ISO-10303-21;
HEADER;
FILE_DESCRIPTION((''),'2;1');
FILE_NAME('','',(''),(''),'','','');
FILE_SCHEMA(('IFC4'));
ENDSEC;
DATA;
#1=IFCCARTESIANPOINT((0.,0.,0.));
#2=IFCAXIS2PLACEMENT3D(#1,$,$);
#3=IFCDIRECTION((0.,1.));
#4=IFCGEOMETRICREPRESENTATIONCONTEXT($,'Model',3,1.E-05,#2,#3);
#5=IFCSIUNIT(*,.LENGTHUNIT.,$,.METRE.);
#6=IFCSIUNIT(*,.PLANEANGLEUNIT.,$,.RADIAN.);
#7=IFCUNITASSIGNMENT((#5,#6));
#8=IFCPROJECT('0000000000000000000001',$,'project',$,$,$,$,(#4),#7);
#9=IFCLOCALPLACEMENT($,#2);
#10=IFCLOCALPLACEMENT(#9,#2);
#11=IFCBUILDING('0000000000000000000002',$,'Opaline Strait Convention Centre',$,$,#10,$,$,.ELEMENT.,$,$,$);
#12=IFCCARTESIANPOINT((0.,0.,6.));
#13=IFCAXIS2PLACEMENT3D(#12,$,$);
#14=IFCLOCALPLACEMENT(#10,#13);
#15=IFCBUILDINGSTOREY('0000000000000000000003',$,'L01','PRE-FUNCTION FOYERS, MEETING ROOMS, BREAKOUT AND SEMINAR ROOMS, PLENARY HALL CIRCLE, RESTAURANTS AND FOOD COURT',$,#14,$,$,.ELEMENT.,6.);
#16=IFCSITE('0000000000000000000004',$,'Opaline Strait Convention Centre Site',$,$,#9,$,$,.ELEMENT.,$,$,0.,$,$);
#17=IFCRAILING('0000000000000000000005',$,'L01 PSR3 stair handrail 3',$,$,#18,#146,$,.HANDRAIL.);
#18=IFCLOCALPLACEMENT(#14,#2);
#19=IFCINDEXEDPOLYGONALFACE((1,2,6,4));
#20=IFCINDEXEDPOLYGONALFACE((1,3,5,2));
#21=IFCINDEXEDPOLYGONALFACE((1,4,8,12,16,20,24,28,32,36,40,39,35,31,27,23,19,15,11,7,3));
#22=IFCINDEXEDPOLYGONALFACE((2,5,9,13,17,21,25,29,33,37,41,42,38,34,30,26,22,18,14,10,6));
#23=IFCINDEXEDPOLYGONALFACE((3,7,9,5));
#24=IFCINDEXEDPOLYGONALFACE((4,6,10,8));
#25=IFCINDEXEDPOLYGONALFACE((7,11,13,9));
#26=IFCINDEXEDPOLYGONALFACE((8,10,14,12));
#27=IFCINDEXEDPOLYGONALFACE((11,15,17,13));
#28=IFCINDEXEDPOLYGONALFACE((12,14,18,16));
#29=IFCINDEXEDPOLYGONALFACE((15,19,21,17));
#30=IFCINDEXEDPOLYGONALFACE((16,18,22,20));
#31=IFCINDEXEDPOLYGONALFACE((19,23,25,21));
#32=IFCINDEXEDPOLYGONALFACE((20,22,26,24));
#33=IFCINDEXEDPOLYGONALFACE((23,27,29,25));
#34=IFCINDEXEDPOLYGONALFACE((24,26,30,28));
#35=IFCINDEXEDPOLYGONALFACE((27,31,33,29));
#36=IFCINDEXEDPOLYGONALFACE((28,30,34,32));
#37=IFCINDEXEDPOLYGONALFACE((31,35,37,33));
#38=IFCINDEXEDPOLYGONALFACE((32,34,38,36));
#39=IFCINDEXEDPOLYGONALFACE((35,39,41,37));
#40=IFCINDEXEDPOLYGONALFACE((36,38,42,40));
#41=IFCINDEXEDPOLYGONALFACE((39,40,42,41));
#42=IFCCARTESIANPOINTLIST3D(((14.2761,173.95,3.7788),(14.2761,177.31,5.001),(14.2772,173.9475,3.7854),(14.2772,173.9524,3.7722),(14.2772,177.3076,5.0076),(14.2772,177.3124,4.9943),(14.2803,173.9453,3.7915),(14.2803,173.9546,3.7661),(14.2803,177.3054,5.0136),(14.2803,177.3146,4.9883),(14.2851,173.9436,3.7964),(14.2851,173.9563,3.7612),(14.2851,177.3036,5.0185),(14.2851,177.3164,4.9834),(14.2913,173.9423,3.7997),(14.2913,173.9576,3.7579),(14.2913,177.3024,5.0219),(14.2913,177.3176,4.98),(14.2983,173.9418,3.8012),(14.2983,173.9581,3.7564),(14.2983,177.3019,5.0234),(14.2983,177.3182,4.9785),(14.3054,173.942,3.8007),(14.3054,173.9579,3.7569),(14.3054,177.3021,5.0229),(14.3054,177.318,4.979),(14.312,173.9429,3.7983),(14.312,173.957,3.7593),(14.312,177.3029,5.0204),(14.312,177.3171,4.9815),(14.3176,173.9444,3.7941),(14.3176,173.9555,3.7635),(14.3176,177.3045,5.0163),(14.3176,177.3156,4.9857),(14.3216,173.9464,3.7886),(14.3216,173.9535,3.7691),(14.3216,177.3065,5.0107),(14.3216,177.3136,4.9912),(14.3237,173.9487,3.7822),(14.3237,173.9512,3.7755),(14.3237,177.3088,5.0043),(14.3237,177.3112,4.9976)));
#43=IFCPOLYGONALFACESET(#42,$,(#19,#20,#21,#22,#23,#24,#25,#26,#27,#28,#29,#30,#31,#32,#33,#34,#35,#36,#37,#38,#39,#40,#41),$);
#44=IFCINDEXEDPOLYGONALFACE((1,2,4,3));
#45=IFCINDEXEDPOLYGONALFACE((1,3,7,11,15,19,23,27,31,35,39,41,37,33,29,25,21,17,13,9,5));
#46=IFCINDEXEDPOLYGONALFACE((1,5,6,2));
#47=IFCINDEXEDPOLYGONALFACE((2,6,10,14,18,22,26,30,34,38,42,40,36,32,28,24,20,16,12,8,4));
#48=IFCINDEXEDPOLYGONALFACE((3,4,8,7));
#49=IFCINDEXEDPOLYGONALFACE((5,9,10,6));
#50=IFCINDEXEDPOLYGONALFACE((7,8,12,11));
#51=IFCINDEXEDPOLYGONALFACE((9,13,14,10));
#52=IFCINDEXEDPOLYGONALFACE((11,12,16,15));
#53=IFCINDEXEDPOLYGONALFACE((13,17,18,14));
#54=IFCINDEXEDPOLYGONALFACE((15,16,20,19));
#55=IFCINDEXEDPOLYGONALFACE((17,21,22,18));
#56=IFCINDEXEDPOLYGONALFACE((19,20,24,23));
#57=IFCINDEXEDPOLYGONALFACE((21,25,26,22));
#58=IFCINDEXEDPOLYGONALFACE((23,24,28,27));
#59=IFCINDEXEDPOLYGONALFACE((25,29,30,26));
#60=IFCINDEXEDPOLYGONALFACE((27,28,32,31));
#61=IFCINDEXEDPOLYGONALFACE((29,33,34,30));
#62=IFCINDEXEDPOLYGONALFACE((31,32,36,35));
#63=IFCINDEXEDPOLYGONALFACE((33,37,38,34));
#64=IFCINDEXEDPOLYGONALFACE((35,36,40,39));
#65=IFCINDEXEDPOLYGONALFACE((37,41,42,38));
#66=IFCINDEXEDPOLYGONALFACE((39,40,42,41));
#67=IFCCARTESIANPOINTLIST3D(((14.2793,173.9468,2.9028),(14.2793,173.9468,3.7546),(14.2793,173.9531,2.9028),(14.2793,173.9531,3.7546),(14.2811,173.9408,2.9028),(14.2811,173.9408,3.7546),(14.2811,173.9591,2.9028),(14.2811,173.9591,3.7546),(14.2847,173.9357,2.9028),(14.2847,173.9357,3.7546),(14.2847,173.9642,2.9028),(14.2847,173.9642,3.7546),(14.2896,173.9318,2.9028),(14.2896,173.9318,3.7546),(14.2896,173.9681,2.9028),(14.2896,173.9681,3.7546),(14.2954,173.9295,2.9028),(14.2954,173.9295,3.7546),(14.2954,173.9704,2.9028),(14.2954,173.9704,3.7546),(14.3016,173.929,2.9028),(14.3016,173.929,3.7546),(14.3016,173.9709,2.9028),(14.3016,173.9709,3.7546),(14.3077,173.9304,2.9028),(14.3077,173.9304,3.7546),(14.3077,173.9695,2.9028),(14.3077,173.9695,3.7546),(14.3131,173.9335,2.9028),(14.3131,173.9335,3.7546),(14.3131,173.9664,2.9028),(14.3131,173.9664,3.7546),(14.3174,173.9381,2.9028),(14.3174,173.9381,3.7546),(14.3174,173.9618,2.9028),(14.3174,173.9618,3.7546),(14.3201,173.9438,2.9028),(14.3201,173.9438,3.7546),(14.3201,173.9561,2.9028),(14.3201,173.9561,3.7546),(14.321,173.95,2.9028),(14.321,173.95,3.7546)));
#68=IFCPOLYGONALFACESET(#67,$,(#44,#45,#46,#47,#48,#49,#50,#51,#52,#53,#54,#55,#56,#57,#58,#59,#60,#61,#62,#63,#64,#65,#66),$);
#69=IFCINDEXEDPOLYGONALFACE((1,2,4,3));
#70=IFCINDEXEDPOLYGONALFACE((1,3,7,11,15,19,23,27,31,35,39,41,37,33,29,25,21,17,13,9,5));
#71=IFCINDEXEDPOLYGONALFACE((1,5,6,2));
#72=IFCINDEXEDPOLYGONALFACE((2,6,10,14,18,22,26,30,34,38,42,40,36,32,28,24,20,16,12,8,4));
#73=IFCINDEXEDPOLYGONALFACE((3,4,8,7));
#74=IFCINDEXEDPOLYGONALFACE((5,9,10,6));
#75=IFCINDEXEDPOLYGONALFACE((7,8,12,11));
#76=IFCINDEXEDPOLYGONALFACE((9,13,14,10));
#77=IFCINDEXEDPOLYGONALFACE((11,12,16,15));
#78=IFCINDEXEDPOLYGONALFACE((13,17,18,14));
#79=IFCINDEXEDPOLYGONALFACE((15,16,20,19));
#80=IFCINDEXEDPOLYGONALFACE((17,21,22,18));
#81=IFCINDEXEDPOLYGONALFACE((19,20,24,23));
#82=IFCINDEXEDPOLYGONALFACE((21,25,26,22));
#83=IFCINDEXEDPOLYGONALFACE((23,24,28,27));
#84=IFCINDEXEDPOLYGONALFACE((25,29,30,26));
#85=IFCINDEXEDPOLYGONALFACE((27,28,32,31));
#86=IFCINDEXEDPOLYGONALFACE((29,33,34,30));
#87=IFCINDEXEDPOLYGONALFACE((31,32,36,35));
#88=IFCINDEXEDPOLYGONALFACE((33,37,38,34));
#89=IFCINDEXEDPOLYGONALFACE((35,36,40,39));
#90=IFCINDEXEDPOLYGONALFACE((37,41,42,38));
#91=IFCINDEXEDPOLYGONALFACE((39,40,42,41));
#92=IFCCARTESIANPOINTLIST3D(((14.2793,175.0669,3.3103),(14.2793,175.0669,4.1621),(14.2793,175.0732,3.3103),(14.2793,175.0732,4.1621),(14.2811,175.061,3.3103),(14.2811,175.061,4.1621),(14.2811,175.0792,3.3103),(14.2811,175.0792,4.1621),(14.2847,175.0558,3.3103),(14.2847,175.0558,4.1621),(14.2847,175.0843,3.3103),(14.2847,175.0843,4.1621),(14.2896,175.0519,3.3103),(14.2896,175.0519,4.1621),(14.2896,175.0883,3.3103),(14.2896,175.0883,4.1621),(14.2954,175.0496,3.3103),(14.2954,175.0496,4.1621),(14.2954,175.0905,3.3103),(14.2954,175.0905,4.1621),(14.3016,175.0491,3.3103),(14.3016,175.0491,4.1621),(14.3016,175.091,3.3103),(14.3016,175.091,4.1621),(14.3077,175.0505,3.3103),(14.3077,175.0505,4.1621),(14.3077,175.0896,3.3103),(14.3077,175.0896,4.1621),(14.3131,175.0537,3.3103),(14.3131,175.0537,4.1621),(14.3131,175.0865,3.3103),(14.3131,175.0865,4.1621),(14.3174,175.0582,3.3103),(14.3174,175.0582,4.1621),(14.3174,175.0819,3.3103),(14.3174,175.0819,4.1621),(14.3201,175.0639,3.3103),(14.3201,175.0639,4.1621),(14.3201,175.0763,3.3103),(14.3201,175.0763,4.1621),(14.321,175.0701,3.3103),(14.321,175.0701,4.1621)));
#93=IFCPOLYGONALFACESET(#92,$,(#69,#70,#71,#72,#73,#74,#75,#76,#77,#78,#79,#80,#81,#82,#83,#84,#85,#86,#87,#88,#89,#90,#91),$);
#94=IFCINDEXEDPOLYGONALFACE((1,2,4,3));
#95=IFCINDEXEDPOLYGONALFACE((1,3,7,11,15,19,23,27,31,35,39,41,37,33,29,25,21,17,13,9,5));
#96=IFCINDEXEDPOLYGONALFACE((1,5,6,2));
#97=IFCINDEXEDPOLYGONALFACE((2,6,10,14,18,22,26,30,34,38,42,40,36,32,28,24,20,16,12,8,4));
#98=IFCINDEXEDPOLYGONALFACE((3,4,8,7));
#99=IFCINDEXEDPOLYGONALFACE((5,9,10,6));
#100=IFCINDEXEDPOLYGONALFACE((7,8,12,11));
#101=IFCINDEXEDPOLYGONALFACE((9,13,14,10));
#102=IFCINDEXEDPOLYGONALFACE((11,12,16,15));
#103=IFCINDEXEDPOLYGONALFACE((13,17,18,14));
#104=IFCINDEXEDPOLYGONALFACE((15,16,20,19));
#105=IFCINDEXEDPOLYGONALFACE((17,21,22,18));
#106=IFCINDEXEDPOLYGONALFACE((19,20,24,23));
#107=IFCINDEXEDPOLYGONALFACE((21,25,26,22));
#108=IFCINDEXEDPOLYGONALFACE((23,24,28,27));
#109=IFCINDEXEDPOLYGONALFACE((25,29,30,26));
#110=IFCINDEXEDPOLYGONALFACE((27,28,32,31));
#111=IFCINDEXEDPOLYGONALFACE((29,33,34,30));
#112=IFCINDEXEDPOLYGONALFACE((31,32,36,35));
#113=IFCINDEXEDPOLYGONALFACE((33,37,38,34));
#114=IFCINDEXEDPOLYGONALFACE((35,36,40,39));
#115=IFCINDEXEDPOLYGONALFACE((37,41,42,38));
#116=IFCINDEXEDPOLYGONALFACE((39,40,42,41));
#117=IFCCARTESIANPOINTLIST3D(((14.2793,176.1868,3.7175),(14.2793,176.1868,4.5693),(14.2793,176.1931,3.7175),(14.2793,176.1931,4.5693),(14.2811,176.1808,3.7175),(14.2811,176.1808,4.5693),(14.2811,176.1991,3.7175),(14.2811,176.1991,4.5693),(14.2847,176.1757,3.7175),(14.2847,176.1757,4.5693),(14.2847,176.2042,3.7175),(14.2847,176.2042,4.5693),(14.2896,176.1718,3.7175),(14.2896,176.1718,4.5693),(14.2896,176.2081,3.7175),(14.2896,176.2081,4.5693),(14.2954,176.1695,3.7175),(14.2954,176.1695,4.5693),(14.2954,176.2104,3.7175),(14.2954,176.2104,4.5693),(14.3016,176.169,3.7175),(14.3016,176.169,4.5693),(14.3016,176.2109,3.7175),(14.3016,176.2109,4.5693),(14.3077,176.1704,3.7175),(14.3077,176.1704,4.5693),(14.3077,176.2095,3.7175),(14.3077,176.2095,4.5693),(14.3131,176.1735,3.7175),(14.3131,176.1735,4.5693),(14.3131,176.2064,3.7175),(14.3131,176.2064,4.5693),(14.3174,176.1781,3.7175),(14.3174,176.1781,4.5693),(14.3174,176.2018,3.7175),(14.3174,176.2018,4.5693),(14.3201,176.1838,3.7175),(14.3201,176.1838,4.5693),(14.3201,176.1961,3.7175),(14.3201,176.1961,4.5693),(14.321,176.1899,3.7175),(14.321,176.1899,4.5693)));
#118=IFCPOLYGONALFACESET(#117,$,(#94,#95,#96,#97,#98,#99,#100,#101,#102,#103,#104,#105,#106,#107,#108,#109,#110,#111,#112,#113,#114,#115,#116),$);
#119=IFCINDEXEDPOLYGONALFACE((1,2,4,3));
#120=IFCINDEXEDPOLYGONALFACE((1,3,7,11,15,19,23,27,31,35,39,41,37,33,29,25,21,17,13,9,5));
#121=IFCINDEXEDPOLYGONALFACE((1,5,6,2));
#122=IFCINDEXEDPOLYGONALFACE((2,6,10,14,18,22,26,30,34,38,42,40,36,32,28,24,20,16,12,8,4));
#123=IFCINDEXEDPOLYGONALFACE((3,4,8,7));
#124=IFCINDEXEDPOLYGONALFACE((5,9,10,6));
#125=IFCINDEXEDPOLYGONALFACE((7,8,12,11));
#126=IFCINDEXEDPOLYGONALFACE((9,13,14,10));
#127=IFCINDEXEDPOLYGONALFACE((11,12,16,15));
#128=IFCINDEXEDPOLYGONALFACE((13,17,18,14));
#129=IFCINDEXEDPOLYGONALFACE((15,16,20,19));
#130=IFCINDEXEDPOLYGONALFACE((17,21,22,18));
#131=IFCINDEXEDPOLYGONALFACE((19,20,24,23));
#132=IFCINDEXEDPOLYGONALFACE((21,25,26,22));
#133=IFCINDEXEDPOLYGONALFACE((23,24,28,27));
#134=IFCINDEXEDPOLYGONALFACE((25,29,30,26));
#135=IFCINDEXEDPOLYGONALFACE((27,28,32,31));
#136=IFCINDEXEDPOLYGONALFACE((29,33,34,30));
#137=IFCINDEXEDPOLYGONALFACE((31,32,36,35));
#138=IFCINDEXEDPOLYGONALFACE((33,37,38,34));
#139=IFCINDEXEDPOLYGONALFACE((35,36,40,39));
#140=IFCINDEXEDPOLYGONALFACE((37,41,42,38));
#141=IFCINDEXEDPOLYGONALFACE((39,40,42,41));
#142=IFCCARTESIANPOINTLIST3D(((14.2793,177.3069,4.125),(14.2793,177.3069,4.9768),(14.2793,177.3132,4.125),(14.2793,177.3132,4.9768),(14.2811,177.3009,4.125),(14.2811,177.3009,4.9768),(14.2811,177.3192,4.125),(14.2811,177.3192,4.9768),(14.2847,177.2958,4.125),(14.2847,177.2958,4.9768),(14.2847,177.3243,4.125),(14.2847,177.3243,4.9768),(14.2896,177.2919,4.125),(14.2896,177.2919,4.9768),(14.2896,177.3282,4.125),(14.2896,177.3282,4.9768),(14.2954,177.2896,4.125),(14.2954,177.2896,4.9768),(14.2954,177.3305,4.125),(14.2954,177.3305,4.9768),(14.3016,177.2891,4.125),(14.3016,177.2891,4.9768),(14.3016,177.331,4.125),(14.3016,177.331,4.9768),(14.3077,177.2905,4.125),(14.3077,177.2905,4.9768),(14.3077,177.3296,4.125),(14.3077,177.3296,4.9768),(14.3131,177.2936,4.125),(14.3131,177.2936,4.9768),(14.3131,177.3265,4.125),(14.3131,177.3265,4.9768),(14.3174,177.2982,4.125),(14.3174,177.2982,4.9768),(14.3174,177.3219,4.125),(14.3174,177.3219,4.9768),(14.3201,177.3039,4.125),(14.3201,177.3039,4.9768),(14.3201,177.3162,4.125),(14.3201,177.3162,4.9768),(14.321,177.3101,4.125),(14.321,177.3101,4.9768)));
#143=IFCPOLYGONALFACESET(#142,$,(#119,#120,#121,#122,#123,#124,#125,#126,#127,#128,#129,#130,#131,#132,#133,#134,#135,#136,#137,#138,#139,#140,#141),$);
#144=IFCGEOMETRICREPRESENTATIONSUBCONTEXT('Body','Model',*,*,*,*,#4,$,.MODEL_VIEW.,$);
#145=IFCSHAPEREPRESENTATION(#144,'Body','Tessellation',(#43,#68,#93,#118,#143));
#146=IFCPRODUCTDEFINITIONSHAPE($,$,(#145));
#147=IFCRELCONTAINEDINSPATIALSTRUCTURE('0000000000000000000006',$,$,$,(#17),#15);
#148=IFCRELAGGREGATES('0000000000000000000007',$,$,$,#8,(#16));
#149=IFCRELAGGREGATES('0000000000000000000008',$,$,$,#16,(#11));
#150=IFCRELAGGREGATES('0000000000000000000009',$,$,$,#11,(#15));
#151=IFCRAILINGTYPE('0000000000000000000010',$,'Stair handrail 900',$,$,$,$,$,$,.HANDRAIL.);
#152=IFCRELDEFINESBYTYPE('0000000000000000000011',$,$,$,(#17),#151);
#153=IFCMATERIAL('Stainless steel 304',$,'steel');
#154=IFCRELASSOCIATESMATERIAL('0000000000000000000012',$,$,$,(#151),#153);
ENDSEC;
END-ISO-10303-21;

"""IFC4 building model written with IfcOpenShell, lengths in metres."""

from ifc_helpers import new_model, si_unit, direction, frame, origin, origin_2d, place, context, subcontext, project, spatial, circle, extrude, material, type_object, element, save


model = new_model("IFC4")

# Units and contexts
model_context = context("Model", 3, precision=1e-05, world=origin(), true_north=direction((0.0, 1.0)))
body_context = subcontext(model_context, "Body", "Model", "MODEL_VIEW")
ifc_project = project(units=[si_unit("LENGTHUNIT", "METRE"), si_unit("PLANEANGLEUNIT", "RADIAN")], contexts=[model_context])

# Site, building, storey
site_placement = place(None, origin())
site = spatial("IfcSite", under=ifc_project, at=site_placement, Name="Opaline Strait Convention Centre Site", CompositionType="ELEMENT", RefElevation=0.0)
building_placement = place(site_placement, origin())
building = spatial("IfcBuilding", under=site, at=building_placement, Name="Opaline Strait Convention Centre", CompositionType="ELEMENT")
storey_placement = place(building_placement, frame((0.0, 0.0, 6.0)))
storey = spatial("IfcBuildingStorey", under=building, at=storey_placement, Name="L01", Description="PRE-FUNCTION FOYERS, MEETING ROOMS, BREAKOUT AND SEMINAR ROOMS, PLENARY HALL CIRCLE, RESTAURANTS AND FOOD COURT", CompositionType="ELEMENT", Elevation=6.0)

# Shared definitions
ifc_material_1 = material(Name="Stainless steel 304", Category="steel")

# Railing
railing_type_1 = type_object("IfcRailingType", Name="Stair handrail 900", PredefinedType="HANDRAIL", material=ifc_material_1)
for number, where, name in (
    (1, (14.3, 173.95, 2.9028), "L01 PSR3 stair handrail 3"),
):
    element("IfcRailing", number, at=place(storey_placement, frame(where)), inside=storey, type_object=railing_type_1, Name=name, PredefinedType="HANDRAIL", context=body_context, shape_type="SweptSolid", body=[
        extrude(circle(Radius=0.0239, at=origin_2d()), frame((0.0, 0.0, 0.876), z_axis=(0.0, 0.939766, 0.34182), x_axis=(-1.0, 0.0, 0.0)), (0.0, 0.0, 1.0), 3.5754),
        extrude(circle(Radius=0.021, at=origin_2d()), origin(), (0.0, 0.0, 1.0), 0.8518),
        extrude(circle(Radius=0.021, at=origin_2d()), frame((0.0, 1.1201, 0.4075)), (0.0, 0.0, 1.0), 0.8518),
        extrude(circle(Radius=0.021, at=origin_2d()), frame((0.0, 2.24, 0.8147)), (0.0, 0.0, 1.0), 0.8518),
        extrude(circle(Radius=0.021, at=origin_2d()), frame((0.0, 3.3601, 1.2222)), (0.0, 0.0, 1.0), 0.8518),
    ])

save(model, "model.ifc")
